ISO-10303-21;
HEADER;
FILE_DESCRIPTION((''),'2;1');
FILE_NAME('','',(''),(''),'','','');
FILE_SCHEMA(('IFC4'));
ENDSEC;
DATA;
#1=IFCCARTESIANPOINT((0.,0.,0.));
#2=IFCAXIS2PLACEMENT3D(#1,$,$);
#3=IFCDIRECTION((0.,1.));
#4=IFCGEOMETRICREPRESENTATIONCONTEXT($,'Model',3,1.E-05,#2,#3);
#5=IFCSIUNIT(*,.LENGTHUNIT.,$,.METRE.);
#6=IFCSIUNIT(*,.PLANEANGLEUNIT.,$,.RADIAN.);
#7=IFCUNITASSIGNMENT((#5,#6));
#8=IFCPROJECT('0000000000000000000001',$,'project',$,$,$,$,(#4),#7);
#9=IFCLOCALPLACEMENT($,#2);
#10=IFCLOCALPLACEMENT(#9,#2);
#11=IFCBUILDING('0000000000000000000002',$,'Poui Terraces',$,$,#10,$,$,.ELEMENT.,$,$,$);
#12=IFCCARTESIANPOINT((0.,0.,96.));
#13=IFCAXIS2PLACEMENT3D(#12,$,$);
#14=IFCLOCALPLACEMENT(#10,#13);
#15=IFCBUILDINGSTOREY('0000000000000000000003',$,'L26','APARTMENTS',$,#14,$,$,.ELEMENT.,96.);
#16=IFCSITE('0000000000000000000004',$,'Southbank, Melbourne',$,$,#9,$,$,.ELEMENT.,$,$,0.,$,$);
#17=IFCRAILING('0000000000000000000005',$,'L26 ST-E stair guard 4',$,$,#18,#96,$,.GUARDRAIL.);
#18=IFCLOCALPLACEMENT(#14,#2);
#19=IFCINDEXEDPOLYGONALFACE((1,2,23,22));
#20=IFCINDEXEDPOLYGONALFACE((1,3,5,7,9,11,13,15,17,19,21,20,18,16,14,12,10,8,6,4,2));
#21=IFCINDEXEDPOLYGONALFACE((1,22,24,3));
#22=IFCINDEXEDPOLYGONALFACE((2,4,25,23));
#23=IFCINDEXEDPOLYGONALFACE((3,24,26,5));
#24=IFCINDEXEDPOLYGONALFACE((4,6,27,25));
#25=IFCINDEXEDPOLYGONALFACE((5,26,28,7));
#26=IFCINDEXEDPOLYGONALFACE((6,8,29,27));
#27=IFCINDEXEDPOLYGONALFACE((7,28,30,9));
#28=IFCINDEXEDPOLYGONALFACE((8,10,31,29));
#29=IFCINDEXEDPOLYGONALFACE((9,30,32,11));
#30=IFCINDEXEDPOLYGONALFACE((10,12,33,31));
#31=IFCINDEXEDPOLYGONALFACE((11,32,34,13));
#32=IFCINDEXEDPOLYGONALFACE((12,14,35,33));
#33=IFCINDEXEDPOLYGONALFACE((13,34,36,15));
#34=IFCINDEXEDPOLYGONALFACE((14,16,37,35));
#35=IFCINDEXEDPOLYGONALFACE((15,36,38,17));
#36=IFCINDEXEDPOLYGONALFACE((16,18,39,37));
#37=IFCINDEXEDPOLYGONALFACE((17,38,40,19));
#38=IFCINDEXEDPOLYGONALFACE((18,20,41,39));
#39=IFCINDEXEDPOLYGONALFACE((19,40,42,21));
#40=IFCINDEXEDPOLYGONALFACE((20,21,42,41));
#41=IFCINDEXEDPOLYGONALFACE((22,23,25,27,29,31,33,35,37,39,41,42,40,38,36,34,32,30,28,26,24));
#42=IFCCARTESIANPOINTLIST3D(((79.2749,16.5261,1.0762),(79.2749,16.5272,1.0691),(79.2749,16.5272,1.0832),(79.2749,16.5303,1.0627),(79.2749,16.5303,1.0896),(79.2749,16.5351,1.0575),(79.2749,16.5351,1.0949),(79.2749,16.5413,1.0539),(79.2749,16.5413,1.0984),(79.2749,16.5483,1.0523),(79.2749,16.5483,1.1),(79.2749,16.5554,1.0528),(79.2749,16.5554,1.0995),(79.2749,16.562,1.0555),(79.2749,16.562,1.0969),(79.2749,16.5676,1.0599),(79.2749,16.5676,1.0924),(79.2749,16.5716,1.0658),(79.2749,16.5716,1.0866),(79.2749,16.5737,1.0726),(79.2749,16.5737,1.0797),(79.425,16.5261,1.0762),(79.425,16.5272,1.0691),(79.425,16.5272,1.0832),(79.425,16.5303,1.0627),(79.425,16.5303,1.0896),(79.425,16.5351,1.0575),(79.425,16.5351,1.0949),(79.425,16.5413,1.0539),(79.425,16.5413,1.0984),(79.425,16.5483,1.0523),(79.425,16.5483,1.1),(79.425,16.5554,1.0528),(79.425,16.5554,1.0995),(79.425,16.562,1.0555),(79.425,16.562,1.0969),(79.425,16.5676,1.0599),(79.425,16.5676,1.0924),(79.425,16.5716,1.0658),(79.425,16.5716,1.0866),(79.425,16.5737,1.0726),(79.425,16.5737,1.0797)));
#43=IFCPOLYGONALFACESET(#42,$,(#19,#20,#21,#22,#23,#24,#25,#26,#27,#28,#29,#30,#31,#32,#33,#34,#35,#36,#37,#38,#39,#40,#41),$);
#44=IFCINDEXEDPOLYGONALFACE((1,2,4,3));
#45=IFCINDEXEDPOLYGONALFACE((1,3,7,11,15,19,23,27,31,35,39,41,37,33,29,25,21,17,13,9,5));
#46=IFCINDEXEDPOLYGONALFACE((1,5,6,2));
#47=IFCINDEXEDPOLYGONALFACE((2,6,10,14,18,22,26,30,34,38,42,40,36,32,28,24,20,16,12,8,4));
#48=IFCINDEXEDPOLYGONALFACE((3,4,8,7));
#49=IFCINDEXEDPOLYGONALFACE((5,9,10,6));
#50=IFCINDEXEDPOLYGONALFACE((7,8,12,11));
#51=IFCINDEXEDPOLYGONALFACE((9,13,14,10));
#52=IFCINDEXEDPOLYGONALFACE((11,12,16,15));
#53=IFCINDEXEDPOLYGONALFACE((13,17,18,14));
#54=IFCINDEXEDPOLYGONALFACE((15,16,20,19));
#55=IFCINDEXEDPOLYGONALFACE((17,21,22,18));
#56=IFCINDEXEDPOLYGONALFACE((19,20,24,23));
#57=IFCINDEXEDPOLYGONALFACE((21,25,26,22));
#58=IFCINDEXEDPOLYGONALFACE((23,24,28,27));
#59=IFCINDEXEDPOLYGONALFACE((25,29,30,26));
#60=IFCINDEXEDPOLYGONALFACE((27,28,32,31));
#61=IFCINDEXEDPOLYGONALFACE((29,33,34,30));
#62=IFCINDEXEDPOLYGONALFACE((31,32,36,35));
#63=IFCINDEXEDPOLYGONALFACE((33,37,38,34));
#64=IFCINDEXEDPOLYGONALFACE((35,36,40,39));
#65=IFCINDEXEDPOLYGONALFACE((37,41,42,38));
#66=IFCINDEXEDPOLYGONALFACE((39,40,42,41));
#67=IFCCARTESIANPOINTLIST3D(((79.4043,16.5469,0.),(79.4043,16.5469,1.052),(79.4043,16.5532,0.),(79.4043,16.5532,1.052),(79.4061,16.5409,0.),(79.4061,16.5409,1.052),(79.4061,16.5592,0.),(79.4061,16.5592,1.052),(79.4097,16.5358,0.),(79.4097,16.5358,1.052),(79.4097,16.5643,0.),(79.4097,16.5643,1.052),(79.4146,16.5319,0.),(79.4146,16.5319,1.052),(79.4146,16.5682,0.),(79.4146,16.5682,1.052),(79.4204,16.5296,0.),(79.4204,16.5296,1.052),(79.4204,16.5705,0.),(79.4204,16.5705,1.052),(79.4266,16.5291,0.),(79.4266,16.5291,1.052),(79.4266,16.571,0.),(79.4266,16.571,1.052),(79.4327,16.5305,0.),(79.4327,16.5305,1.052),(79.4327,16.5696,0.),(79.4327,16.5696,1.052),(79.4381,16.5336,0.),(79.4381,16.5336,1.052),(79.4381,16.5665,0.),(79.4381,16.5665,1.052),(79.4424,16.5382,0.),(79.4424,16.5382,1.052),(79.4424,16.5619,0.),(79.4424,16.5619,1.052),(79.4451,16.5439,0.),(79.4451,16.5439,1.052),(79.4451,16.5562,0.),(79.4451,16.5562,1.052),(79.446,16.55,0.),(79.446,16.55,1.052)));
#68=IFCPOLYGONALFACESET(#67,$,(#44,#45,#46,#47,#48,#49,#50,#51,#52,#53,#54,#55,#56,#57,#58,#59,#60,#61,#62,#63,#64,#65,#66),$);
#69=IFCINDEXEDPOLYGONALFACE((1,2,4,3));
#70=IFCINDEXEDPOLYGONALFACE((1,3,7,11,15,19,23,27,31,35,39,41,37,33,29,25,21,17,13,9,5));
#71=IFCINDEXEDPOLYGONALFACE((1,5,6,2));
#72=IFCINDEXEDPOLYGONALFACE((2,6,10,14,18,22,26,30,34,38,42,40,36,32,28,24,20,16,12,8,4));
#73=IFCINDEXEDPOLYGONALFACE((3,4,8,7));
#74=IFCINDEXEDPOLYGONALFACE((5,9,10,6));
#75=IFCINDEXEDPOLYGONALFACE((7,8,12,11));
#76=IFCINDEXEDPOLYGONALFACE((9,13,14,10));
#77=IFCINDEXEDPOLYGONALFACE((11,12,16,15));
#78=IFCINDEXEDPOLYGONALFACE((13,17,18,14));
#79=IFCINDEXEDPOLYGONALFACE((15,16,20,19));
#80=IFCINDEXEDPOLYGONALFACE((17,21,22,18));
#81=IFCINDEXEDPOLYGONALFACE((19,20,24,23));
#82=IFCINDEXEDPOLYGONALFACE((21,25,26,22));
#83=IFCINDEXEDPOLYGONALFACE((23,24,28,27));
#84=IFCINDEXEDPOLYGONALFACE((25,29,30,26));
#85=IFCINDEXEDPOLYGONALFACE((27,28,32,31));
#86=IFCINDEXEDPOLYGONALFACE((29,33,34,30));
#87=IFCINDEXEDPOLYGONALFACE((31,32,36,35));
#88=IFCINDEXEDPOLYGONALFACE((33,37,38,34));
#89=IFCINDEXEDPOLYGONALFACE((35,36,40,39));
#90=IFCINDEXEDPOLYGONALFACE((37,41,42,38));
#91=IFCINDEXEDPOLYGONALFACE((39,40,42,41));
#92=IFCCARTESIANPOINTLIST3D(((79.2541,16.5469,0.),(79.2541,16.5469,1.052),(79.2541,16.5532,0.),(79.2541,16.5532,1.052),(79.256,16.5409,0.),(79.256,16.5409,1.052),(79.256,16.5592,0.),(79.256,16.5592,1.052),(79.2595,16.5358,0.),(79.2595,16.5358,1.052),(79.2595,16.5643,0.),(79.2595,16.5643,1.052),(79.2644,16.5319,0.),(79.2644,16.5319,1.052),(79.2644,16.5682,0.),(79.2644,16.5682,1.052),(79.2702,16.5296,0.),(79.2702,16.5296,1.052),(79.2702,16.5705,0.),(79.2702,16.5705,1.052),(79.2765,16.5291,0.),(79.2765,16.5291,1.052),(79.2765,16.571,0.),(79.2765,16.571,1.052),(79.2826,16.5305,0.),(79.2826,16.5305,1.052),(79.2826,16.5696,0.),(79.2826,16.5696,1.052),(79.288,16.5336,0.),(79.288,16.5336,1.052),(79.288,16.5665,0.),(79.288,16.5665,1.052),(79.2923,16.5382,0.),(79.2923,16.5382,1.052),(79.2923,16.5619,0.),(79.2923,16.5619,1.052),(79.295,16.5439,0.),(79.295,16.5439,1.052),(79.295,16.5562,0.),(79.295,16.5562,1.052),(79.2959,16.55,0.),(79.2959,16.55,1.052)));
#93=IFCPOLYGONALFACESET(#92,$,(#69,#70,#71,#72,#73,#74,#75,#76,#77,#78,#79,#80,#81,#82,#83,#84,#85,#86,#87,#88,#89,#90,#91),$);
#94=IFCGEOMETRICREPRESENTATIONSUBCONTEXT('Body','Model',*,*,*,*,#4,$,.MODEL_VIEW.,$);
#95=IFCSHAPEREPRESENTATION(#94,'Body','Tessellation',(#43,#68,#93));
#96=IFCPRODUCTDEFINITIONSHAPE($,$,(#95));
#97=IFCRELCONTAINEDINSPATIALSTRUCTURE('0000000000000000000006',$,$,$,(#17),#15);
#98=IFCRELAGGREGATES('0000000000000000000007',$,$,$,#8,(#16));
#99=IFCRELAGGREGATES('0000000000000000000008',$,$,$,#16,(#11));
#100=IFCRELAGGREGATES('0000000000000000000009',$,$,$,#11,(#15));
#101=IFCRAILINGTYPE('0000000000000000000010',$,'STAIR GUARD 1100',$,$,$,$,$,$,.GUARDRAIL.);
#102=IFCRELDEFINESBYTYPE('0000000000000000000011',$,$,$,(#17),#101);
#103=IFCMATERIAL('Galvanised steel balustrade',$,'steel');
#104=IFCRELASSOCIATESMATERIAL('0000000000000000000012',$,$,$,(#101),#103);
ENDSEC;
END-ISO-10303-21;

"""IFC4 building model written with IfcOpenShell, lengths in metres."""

from ifc_helpers import new_model, si_unit, direction, frame, origin, origin_2d, place, context, subcontext, project, spatial, circle, extrude, material, type_object, element, save


model = new_model("IFC4")

# Units and contexts
model_context = context("Model", 3, precision=1e-05, world=origin(), true_north=direction((0.0, 1.0)))
body_context = subcontext(model_context, "Body", "Model", "MODEL_VIEW")
ifc_project = project(units=[si_unit("LENGTHUNIT", "METRE"), si_unit("PLANEANGLEUNIT", "RADIAN")], contexts=[model_context])

# Site, building, storey
site_placement = place(None, origin())
site = spatial("IfcSite", under=ifc_project, at=site_placement, Name="Southbank, Melbourne", CompositionType="ELEMENT", RefElevation=0.0)
building_placement = place(site_placement, origin())
building = spatial("IfcBuilding", under=site, at=building_placement, Name="Poui Terraces", CompositionType="ELEMENT")
storey_placement = place(building_placement, frame((0.0, 0.0, 96.0)))
storey = spatial("IfcBuildingStorey", under=building, at=storey_placement, Name="L26", Description="APARTMENTS", CompositionType="ELEMENT", Elevation=96.0)

# Railing
ifc_material_1 = material(Name="Galvanised steel balustrade", Category="steel")
railing_type_1 = type_object("IfcRailingType", Name="STAIR GUARD 1100", PredefinedType="GUARDRAIL", material=ifc_material_1)
railing_1_placement = place(storey_placement, frame((79.425, 16.55, 0.0)))
element("IfcRailing", 1, at=railing_1_placement, inside=storey, type_object=railing_type_1, Name="L26 ST-E stair guard 4", PredefinedType="GUARDRAIL", context=body_context, shape_type="SweptSolid", body=[
    extrude(circle(Radius=0.0239, at=origin_2d()), frame((0.0, 0.0, 1.0762), z_axis=(-1.0, 0.0, 0.0), x_axis=(0.0, -1.0, 0.0)), (0.0, 0.0, 1.0), 0.1501),
    extrude(circle(Radius=0.021, at=origin_2d()), origin(), (0.0, 0.0, 1.0), 1.052),
    extrude(circle(Radius=0.021, at=origin_2d()), frame((-0.1501, 0.0, 0.0)), (0.0, 0.0, 1.0), 1.052),
])

save(model, "model.ifc")
